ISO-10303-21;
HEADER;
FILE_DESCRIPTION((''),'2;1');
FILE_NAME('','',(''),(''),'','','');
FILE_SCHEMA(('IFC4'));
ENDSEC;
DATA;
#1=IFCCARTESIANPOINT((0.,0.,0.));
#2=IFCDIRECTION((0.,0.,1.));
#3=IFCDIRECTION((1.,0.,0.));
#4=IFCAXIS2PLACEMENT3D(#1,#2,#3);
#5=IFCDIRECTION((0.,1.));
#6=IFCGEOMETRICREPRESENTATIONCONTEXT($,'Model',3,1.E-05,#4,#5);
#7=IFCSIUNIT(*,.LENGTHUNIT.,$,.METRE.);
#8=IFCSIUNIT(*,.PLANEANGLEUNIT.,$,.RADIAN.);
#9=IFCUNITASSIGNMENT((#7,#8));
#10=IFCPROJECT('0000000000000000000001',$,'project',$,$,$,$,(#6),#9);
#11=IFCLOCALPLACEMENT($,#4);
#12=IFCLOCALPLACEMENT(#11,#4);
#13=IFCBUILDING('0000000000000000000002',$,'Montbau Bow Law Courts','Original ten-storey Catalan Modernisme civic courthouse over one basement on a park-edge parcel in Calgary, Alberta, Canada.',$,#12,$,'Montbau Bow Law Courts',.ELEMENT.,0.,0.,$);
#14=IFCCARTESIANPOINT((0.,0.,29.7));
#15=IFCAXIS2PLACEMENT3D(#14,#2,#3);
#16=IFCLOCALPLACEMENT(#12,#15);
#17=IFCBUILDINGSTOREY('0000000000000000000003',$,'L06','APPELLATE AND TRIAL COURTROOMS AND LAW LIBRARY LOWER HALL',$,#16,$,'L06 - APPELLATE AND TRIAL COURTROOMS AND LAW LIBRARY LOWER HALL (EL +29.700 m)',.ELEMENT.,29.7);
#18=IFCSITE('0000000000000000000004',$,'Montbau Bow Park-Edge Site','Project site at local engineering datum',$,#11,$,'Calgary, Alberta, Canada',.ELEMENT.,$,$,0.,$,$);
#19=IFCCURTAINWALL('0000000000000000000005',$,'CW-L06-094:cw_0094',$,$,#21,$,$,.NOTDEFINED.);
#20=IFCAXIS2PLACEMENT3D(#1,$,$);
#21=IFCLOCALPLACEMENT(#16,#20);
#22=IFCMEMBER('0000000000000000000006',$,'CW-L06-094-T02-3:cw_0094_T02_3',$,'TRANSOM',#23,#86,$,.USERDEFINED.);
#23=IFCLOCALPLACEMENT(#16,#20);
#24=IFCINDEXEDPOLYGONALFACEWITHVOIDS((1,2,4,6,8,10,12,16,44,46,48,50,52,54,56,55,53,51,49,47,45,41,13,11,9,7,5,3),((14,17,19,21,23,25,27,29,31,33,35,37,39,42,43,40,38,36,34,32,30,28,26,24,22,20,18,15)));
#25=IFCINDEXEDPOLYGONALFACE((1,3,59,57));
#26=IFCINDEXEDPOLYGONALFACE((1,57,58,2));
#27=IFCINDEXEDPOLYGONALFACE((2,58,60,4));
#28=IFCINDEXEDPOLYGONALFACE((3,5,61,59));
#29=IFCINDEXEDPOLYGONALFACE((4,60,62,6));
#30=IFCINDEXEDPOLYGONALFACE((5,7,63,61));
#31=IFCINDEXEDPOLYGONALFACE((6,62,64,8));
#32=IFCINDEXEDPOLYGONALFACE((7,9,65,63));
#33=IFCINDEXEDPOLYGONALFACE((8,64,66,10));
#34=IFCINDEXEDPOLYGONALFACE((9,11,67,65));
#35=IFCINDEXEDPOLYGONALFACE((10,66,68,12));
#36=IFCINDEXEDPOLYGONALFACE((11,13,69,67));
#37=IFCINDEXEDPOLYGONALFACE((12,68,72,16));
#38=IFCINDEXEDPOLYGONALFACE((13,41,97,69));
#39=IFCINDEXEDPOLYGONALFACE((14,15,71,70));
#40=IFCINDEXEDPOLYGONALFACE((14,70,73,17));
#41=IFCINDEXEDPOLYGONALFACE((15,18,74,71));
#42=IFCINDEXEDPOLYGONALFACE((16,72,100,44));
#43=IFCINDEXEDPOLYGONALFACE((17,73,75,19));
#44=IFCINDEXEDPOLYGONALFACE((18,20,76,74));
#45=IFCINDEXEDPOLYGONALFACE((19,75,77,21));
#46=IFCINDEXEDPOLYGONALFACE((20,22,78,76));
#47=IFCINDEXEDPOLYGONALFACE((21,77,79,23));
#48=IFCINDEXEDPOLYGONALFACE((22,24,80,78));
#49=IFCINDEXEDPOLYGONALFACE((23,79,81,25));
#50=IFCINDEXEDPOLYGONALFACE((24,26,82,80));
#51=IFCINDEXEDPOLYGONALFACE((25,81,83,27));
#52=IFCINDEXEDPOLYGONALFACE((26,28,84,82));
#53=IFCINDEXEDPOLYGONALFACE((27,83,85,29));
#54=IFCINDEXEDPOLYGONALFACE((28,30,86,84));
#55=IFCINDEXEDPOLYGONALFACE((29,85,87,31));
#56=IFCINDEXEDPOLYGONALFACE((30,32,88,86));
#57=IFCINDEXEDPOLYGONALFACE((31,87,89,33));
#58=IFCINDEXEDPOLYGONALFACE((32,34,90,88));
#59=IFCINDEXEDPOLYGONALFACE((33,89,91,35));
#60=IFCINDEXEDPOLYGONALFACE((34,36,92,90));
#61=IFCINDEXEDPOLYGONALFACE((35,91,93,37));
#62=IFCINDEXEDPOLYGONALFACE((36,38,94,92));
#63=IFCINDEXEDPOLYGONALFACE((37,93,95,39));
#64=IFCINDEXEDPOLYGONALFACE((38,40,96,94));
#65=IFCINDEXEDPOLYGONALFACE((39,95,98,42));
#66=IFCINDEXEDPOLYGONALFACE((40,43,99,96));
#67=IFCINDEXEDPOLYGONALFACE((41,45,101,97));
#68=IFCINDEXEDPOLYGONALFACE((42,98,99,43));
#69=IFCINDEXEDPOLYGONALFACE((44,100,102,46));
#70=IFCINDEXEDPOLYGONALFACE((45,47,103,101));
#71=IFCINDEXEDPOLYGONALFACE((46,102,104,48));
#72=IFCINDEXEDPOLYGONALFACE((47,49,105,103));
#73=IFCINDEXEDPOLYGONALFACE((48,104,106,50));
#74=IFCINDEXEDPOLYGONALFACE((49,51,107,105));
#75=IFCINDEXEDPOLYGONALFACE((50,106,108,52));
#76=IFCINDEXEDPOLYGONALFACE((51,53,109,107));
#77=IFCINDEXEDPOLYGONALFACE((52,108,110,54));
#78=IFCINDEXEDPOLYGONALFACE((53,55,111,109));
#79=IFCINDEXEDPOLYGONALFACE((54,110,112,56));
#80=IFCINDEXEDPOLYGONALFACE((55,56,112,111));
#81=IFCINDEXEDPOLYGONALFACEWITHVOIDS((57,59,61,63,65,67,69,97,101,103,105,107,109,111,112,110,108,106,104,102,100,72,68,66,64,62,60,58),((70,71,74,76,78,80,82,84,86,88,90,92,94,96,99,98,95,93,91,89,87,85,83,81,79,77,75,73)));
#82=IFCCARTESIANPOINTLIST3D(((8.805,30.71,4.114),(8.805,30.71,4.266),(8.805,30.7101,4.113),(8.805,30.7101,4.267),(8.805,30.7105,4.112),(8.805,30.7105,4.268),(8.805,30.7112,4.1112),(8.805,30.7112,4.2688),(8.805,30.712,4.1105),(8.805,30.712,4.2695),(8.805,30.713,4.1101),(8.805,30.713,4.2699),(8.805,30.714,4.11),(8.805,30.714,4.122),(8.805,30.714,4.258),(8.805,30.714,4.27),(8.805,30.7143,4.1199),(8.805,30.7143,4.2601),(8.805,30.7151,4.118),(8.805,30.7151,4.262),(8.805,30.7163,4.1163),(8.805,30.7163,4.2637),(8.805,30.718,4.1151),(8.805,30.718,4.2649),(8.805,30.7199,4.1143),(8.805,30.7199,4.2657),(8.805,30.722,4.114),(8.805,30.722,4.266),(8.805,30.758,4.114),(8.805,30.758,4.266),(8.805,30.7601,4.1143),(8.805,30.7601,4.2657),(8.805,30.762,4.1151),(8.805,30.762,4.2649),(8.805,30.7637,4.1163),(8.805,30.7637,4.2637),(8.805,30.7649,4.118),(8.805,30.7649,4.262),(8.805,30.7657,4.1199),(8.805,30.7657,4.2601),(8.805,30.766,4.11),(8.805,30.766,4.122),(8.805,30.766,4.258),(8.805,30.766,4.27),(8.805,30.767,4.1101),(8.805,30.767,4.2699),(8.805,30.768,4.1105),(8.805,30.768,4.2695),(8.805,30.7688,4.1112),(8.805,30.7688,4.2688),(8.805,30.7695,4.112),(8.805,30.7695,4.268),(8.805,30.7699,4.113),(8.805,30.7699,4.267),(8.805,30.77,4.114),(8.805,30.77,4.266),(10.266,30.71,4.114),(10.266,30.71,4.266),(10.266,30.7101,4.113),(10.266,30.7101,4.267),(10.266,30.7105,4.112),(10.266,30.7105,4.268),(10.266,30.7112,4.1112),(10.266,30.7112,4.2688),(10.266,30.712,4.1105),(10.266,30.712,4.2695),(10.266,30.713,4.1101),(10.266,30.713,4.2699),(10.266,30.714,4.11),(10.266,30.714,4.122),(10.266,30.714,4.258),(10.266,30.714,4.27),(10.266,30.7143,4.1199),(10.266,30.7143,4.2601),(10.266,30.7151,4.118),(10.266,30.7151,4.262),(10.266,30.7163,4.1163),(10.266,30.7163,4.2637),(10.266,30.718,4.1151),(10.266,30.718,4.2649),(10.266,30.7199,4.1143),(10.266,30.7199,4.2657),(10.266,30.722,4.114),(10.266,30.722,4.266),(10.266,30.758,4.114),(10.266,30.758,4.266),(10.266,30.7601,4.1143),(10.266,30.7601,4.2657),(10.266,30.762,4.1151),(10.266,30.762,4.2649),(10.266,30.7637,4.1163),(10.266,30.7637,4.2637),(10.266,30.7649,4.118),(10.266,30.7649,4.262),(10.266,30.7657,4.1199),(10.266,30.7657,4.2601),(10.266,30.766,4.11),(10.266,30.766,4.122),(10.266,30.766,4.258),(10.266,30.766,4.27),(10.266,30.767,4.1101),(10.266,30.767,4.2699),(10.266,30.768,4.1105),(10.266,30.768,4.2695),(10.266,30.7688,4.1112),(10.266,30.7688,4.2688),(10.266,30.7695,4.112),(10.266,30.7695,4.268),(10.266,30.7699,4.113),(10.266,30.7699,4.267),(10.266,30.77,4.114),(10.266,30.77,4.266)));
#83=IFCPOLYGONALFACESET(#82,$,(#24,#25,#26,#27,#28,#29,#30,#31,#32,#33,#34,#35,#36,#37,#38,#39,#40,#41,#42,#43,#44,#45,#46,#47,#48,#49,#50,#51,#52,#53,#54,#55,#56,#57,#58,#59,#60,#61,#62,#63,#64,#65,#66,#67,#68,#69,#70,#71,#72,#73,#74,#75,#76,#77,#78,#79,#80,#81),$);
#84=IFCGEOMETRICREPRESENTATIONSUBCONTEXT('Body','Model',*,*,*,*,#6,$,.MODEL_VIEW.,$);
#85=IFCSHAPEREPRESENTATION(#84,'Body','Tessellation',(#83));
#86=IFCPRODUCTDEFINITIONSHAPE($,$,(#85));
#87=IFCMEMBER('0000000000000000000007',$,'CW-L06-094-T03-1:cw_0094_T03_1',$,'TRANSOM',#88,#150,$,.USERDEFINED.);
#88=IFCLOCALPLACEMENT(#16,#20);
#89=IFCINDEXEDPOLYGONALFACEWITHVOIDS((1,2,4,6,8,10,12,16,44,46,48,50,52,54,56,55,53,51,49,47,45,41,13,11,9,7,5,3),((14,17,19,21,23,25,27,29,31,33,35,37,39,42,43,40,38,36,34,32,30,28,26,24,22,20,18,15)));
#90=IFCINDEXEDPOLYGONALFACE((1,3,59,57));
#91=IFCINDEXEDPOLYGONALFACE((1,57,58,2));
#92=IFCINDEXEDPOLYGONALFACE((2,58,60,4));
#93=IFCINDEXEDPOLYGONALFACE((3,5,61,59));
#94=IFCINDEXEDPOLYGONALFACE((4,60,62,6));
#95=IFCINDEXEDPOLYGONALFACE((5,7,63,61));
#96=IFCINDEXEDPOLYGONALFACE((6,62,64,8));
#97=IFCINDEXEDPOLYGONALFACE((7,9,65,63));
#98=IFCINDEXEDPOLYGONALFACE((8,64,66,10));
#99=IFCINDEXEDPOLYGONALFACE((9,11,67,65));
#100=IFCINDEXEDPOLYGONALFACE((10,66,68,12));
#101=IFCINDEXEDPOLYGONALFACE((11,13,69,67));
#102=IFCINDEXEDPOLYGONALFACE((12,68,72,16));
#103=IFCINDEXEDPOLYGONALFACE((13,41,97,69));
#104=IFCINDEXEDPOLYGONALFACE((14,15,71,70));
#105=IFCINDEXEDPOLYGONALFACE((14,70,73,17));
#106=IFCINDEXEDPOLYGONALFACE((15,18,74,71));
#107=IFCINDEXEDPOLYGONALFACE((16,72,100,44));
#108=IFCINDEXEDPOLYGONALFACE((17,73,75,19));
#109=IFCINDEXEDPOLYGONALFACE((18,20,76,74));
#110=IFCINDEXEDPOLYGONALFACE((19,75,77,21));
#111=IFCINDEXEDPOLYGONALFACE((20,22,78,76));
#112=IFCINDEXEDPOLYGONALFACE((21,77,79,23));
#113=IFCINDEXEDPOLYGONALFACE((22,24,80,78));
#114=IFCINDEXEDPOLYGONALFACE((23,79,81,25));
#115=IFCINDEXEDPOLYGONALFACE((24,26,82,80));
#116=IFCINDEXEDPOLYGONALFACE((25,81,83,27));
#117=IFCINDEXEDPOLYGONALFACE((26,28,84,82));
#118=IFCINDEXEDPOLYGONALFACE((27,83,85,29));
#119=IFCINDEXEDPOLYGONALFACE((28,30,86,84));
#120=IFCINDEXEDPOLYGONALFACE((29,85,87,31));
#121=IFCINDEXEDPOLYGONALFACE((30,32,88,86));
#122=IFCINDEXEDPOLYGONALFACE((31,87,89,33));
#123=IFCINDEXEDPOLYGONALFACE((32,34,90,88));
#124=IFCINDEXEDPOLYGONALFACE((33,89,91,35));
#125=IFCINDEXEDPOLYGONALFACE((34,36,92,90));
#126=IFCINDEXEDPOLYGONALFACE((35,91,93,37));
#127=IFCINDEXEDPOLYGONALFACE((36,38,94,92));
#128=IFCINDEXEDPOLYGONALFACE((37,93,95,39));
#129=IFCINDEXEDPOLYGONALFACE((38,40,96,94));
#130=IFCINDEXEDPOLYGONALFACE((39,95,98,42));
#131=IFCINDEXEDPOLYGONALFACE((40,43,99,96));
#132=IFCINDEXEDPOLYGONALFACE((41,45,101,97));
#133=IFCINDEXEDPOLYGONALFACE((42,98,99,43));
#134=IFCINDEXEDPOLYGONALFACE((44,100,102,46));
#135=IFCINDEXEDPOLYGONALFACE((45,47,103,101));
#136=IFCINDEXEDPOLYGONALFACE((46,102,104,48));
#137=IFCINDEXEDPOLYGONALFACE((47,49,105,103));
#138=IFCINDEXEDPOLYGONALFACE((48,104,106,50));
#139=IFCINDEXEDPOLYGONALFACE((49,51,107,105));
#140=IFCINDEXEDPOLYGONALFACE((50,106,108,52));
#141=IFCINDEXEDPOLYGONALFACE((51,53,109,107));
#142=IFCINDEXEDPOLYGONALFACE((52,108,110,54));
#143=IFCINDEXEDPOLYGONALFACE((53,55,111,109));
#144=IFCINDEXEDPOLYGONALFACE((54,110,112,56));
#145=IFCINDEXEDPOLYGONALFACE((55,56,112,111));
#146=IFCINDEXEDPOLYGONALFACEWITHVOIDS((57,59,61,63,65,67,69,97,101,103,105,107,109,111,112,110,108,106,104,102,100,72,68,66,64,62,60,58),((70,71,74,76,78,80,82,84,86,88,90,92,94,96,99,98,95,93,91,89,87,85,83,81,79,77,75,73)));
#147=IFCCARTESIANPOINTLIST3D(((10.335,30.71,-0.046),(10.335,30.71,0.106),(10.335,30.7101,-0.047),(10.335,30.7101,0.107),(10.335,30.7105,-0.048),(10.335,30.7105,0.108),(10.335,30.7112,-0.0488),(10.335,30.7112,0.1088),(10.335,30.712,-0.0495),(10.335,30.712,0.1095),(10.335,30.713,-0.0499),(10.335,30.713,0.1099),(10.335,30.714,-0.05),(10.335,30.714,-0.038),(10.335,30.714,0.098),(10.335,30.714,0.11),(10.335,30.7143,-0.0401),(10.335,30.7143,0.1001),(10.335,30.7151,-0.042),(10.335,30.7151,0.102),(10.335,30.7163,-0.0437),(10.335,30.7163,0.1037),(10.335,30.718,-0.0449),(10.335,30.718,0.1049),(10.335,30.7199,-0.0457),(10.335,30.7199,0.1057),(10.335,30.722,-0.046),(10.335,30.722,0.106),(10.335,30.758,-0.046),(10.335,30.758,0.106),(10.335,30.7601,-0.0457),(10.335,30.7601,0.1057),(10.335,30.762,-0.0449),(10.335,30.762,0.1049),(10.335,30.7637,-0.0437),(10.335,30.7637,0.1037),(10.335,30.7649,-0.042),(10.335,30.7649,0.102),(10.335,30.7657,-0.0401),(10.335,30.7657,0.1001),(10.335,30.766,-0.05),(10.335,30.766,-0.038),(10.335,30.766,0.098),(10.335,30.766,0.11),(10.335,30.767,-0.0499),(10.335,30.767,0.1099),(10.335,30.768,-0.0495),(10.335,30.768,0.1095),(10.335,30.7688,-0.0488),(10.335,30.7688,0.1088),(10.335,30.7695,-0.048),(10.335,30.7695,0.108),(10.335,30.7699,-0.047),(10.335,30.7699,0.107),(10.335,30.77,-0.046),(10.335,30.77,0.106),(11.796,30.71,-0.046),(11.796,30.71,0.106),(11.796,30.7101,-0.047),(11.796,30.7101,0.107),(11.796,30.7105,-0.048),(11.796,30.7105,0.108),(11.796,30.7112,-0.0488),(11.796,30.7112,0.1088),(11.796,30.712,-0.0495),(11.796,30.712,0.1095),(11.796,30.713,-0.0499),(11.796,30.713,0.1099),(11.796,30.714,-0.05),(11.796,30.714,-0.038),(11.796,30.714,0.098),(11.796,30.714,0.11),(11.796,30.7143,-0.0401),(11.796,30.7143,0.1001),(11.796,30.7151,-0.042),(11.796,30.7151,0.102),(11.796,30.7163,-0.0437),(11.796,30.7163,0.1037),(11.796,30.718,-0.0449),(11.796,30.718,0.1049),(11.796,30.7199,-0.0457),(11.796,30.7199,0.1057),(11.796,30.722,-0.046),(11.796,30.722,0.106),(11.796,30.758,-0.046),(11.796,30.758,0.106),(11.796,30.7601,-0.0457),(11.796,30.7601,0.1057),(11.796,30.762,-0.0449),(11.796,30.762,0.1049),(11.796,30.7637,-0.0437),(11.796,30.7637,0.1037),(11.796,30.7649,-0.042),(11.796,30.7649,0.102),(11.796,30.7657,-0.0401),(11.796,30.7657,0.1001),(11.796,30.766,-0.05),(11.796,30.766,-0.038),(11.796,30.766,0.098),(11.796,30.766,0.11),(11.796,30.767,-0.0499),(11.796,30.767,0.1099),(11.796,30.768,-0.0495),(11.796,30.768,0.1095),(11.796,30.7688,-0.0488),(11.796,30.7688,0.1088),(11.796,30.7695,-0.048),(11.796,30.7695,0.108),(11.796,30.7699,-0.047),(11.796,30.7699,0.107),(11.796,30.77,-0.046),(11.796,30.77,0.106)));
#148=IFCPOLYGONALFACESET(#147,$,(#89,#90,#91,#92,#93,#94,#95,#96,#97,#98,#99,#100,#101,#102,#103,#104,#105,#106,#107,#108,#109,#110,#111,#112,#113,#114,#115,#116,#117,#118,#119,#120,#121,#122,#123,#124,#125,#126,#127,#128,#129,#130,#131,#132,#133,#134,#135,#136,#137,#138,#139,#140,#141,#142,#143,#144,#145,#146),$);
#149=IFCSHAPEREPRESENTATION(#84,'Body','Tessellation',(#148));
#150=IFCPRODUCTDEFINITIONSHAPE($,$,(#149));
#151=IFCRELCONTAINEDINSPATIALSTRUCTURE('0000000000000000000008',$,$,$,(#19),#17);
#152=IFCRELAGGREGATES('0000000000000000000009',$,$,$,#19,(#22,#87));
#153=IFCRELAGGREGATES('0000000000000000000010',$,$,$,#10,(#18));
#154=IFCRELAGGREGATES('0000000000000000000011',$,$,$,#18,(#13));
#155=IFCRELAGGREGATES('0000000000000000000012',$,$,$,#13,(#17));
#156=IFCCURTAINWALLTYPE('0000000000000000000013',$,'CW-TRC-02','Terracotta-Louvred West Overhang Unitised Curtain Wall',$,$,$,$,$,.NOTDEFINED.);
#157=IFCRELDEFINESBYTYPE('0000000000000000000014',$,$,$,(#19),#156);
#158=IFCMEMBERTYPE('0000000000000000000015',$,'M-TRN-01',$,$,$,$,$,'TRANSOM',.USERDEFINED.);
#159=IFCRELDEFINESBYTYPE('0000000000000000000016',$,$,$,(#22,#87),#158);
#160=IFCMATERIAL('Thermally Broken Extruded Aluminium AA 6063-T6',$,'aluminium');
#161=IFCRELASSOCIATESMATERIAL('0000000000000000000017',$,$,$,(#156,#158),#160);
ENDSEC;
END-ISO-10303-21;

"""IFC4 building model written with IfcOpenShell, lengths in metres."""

from ifc_helpers import new_model, si_unit, direction, frame, origin_with_axes, origin_2d_with_axis, place, context, subcontext, project, spatial, hollow_rectangle, extrude, material, material_profile, profile_set, type_object, element, aggregate, save


model = new_model("IFC4")

# Units and contexts
model_context = context("Model", 3, precision=1e-05, world=origin_with_axes(), true_north=direction((0.0, 1.0)))
body_context = subcontext(model_context, "Body", "Model", "MODEL_VIEW")
ifc_project = project(units=[si_unit("LENGTHUNIT", "METRE"), si_unit("PLANEANGLEUNIT", "RADIAN")], contexts=[model_context])

# Site, building, storey
site_placement = place(None, origin_with_axes())
site = spatial("IfcSite", under=ifc_project, at=site_placement, Name="Montbau Bow Park-Edge Site", Description="Project site at local engineering datum", LongName="Calgary, Alberta, Canada", CompositionType="ELEMENT", RefElevation=0.0)
building_placement = place(site_placement, origin_with_axes())
building = spatial("IfcBuilding", under=site, at=building_placement, Name="Montbau Bow Law Courts", Description="Original ten-storey Catalan Modernisme civic courthouse over one basement on a park-edge parcel in Calgary, Alberta, Canada.", LongName="Montbau Bow Law Courts", CompositionType="ELEMENT", ElevationOfRefHeight=0.0, ElevationOfTerrain=0.0)
storey_placement = place(building_placement, frame((0.0, 0.0, 29.7), z_axis=(0.0, 0.0, 1.0), x_axis=(1.0, 0.0, 0.0)))
storey = spatial("IfcBuildingStorey", under=building, at=storey_placement, Name="L06", Description="APPELLATE AND TRIAL COURTROOMS AND LAW LIBRARY LOWER HALL", LongName="L06 - APPELLATE AND TRIAL COURTROOMS AND LAW LIBRARY LOWER HALL (EL +29.700 m)", CompositionType="ELEMENT", Elevation=29.7)

# Curtain wall
ifc_material_1 = material(Name="Thermally Broken Extruded Aluminium AA 6063-T6", Category="aluminium")
curtain_wall_type = type_object("IfcCurtainWallType", Name="CW-TRC-02", Description="Terracotta-Louvred West Overhang Unitised Curtain Wall", PredefinedType="NOTDEFINED", material=ifc_material_1)
curtain_wall_1_placement = place(None, frame((7.24, 30.74, 29.7), z_axis=(0.0, 0.0, 1.0), x_axis=(1.0, 0.0, 0.0)))
curtain_wall_1 = element("IfcCurtainWall", 1, at=curtain_wall_1_placement, inside=storey, type_object=curtain_wall_type, Name="CW-L06-094:cw_0094", PredefinedType="NOTDEFINED")

# Members
ifc_material_profile_1 = material_profile(ifc_material_1, hollow_rectangle(XDim=0.06, YDim=0.16, WallThickness=0.004, InnerFilletRadius=0.008, OuterFilletRadius=0.004, at=origin_2d_with_axis()), Name="CWT-160X60", Category="Main", Priority=0)
ifc_profile_set_1 = profile_set([ifc_material_profile_1], Name="Thermally Broken Extruded Aluminium AA 6063-T6")
member_type_1 = type_object("IfcMemberType", Name="M-TRN-01", ElementType="TRANSOM", PredefinedType="USERDEFINED", material=ifc_profile_set_1)
member_1_placement = place(None, frame((8.805, 30.74, 33.89), z_axis=(1.0, 0.0, 0.0), x_axis=(0.0, 1.0, 0.0)))
member_1 = element("IfcMember", 2, at=member_1_placement, type_object=member_type_1, Name="CW-L06-094-T02-3:cw_0094_T02_3", ObjectType="TRANSOM", PredefinedType="USERDEFINED", context=body_context, shape_type="SweptSolid", body=[
    extrude(hollow_rectangle(XDim=0.06, YDim=0.16, WallThickness=0.004, InnerFilletRadius=0.008, OuterFilletRadius=0.004, at=origin_2d_with_axis()), origin_with_axes(), (0.0, 0.0, 1.0), 1.461),
])
member_2_placement = place(None, frame((10.335, 30.74, 29.73), z_axis=(1.0, 0.0, 0.0), x_axis=(0.0, 1.0, 0.0)))
member_2 = element("IfcMember", 3, at=member_2_placement, type_object=member_type_1, Name="CW-L06-094-T03-1:cw_0094_T03_1", ObjectType="TRANSOM", PredefinedType="USERDEFINED", context=body_context, shape_type="SweptSolid", body=[
    extrude(hollow_rectangle(XDim=0.06, YDim=0.16, WallThickness=0.004, InnerFilletRadius=0.008, OuterFilletRadius=0.004, at=origin_2d_with_axis()), origin_with_axes(), (0.0, 0.0, 1.0), 1.461),
])

aggregate(curtain_wall_1, [member_1, member_2])

save(model, "model.ifc")
